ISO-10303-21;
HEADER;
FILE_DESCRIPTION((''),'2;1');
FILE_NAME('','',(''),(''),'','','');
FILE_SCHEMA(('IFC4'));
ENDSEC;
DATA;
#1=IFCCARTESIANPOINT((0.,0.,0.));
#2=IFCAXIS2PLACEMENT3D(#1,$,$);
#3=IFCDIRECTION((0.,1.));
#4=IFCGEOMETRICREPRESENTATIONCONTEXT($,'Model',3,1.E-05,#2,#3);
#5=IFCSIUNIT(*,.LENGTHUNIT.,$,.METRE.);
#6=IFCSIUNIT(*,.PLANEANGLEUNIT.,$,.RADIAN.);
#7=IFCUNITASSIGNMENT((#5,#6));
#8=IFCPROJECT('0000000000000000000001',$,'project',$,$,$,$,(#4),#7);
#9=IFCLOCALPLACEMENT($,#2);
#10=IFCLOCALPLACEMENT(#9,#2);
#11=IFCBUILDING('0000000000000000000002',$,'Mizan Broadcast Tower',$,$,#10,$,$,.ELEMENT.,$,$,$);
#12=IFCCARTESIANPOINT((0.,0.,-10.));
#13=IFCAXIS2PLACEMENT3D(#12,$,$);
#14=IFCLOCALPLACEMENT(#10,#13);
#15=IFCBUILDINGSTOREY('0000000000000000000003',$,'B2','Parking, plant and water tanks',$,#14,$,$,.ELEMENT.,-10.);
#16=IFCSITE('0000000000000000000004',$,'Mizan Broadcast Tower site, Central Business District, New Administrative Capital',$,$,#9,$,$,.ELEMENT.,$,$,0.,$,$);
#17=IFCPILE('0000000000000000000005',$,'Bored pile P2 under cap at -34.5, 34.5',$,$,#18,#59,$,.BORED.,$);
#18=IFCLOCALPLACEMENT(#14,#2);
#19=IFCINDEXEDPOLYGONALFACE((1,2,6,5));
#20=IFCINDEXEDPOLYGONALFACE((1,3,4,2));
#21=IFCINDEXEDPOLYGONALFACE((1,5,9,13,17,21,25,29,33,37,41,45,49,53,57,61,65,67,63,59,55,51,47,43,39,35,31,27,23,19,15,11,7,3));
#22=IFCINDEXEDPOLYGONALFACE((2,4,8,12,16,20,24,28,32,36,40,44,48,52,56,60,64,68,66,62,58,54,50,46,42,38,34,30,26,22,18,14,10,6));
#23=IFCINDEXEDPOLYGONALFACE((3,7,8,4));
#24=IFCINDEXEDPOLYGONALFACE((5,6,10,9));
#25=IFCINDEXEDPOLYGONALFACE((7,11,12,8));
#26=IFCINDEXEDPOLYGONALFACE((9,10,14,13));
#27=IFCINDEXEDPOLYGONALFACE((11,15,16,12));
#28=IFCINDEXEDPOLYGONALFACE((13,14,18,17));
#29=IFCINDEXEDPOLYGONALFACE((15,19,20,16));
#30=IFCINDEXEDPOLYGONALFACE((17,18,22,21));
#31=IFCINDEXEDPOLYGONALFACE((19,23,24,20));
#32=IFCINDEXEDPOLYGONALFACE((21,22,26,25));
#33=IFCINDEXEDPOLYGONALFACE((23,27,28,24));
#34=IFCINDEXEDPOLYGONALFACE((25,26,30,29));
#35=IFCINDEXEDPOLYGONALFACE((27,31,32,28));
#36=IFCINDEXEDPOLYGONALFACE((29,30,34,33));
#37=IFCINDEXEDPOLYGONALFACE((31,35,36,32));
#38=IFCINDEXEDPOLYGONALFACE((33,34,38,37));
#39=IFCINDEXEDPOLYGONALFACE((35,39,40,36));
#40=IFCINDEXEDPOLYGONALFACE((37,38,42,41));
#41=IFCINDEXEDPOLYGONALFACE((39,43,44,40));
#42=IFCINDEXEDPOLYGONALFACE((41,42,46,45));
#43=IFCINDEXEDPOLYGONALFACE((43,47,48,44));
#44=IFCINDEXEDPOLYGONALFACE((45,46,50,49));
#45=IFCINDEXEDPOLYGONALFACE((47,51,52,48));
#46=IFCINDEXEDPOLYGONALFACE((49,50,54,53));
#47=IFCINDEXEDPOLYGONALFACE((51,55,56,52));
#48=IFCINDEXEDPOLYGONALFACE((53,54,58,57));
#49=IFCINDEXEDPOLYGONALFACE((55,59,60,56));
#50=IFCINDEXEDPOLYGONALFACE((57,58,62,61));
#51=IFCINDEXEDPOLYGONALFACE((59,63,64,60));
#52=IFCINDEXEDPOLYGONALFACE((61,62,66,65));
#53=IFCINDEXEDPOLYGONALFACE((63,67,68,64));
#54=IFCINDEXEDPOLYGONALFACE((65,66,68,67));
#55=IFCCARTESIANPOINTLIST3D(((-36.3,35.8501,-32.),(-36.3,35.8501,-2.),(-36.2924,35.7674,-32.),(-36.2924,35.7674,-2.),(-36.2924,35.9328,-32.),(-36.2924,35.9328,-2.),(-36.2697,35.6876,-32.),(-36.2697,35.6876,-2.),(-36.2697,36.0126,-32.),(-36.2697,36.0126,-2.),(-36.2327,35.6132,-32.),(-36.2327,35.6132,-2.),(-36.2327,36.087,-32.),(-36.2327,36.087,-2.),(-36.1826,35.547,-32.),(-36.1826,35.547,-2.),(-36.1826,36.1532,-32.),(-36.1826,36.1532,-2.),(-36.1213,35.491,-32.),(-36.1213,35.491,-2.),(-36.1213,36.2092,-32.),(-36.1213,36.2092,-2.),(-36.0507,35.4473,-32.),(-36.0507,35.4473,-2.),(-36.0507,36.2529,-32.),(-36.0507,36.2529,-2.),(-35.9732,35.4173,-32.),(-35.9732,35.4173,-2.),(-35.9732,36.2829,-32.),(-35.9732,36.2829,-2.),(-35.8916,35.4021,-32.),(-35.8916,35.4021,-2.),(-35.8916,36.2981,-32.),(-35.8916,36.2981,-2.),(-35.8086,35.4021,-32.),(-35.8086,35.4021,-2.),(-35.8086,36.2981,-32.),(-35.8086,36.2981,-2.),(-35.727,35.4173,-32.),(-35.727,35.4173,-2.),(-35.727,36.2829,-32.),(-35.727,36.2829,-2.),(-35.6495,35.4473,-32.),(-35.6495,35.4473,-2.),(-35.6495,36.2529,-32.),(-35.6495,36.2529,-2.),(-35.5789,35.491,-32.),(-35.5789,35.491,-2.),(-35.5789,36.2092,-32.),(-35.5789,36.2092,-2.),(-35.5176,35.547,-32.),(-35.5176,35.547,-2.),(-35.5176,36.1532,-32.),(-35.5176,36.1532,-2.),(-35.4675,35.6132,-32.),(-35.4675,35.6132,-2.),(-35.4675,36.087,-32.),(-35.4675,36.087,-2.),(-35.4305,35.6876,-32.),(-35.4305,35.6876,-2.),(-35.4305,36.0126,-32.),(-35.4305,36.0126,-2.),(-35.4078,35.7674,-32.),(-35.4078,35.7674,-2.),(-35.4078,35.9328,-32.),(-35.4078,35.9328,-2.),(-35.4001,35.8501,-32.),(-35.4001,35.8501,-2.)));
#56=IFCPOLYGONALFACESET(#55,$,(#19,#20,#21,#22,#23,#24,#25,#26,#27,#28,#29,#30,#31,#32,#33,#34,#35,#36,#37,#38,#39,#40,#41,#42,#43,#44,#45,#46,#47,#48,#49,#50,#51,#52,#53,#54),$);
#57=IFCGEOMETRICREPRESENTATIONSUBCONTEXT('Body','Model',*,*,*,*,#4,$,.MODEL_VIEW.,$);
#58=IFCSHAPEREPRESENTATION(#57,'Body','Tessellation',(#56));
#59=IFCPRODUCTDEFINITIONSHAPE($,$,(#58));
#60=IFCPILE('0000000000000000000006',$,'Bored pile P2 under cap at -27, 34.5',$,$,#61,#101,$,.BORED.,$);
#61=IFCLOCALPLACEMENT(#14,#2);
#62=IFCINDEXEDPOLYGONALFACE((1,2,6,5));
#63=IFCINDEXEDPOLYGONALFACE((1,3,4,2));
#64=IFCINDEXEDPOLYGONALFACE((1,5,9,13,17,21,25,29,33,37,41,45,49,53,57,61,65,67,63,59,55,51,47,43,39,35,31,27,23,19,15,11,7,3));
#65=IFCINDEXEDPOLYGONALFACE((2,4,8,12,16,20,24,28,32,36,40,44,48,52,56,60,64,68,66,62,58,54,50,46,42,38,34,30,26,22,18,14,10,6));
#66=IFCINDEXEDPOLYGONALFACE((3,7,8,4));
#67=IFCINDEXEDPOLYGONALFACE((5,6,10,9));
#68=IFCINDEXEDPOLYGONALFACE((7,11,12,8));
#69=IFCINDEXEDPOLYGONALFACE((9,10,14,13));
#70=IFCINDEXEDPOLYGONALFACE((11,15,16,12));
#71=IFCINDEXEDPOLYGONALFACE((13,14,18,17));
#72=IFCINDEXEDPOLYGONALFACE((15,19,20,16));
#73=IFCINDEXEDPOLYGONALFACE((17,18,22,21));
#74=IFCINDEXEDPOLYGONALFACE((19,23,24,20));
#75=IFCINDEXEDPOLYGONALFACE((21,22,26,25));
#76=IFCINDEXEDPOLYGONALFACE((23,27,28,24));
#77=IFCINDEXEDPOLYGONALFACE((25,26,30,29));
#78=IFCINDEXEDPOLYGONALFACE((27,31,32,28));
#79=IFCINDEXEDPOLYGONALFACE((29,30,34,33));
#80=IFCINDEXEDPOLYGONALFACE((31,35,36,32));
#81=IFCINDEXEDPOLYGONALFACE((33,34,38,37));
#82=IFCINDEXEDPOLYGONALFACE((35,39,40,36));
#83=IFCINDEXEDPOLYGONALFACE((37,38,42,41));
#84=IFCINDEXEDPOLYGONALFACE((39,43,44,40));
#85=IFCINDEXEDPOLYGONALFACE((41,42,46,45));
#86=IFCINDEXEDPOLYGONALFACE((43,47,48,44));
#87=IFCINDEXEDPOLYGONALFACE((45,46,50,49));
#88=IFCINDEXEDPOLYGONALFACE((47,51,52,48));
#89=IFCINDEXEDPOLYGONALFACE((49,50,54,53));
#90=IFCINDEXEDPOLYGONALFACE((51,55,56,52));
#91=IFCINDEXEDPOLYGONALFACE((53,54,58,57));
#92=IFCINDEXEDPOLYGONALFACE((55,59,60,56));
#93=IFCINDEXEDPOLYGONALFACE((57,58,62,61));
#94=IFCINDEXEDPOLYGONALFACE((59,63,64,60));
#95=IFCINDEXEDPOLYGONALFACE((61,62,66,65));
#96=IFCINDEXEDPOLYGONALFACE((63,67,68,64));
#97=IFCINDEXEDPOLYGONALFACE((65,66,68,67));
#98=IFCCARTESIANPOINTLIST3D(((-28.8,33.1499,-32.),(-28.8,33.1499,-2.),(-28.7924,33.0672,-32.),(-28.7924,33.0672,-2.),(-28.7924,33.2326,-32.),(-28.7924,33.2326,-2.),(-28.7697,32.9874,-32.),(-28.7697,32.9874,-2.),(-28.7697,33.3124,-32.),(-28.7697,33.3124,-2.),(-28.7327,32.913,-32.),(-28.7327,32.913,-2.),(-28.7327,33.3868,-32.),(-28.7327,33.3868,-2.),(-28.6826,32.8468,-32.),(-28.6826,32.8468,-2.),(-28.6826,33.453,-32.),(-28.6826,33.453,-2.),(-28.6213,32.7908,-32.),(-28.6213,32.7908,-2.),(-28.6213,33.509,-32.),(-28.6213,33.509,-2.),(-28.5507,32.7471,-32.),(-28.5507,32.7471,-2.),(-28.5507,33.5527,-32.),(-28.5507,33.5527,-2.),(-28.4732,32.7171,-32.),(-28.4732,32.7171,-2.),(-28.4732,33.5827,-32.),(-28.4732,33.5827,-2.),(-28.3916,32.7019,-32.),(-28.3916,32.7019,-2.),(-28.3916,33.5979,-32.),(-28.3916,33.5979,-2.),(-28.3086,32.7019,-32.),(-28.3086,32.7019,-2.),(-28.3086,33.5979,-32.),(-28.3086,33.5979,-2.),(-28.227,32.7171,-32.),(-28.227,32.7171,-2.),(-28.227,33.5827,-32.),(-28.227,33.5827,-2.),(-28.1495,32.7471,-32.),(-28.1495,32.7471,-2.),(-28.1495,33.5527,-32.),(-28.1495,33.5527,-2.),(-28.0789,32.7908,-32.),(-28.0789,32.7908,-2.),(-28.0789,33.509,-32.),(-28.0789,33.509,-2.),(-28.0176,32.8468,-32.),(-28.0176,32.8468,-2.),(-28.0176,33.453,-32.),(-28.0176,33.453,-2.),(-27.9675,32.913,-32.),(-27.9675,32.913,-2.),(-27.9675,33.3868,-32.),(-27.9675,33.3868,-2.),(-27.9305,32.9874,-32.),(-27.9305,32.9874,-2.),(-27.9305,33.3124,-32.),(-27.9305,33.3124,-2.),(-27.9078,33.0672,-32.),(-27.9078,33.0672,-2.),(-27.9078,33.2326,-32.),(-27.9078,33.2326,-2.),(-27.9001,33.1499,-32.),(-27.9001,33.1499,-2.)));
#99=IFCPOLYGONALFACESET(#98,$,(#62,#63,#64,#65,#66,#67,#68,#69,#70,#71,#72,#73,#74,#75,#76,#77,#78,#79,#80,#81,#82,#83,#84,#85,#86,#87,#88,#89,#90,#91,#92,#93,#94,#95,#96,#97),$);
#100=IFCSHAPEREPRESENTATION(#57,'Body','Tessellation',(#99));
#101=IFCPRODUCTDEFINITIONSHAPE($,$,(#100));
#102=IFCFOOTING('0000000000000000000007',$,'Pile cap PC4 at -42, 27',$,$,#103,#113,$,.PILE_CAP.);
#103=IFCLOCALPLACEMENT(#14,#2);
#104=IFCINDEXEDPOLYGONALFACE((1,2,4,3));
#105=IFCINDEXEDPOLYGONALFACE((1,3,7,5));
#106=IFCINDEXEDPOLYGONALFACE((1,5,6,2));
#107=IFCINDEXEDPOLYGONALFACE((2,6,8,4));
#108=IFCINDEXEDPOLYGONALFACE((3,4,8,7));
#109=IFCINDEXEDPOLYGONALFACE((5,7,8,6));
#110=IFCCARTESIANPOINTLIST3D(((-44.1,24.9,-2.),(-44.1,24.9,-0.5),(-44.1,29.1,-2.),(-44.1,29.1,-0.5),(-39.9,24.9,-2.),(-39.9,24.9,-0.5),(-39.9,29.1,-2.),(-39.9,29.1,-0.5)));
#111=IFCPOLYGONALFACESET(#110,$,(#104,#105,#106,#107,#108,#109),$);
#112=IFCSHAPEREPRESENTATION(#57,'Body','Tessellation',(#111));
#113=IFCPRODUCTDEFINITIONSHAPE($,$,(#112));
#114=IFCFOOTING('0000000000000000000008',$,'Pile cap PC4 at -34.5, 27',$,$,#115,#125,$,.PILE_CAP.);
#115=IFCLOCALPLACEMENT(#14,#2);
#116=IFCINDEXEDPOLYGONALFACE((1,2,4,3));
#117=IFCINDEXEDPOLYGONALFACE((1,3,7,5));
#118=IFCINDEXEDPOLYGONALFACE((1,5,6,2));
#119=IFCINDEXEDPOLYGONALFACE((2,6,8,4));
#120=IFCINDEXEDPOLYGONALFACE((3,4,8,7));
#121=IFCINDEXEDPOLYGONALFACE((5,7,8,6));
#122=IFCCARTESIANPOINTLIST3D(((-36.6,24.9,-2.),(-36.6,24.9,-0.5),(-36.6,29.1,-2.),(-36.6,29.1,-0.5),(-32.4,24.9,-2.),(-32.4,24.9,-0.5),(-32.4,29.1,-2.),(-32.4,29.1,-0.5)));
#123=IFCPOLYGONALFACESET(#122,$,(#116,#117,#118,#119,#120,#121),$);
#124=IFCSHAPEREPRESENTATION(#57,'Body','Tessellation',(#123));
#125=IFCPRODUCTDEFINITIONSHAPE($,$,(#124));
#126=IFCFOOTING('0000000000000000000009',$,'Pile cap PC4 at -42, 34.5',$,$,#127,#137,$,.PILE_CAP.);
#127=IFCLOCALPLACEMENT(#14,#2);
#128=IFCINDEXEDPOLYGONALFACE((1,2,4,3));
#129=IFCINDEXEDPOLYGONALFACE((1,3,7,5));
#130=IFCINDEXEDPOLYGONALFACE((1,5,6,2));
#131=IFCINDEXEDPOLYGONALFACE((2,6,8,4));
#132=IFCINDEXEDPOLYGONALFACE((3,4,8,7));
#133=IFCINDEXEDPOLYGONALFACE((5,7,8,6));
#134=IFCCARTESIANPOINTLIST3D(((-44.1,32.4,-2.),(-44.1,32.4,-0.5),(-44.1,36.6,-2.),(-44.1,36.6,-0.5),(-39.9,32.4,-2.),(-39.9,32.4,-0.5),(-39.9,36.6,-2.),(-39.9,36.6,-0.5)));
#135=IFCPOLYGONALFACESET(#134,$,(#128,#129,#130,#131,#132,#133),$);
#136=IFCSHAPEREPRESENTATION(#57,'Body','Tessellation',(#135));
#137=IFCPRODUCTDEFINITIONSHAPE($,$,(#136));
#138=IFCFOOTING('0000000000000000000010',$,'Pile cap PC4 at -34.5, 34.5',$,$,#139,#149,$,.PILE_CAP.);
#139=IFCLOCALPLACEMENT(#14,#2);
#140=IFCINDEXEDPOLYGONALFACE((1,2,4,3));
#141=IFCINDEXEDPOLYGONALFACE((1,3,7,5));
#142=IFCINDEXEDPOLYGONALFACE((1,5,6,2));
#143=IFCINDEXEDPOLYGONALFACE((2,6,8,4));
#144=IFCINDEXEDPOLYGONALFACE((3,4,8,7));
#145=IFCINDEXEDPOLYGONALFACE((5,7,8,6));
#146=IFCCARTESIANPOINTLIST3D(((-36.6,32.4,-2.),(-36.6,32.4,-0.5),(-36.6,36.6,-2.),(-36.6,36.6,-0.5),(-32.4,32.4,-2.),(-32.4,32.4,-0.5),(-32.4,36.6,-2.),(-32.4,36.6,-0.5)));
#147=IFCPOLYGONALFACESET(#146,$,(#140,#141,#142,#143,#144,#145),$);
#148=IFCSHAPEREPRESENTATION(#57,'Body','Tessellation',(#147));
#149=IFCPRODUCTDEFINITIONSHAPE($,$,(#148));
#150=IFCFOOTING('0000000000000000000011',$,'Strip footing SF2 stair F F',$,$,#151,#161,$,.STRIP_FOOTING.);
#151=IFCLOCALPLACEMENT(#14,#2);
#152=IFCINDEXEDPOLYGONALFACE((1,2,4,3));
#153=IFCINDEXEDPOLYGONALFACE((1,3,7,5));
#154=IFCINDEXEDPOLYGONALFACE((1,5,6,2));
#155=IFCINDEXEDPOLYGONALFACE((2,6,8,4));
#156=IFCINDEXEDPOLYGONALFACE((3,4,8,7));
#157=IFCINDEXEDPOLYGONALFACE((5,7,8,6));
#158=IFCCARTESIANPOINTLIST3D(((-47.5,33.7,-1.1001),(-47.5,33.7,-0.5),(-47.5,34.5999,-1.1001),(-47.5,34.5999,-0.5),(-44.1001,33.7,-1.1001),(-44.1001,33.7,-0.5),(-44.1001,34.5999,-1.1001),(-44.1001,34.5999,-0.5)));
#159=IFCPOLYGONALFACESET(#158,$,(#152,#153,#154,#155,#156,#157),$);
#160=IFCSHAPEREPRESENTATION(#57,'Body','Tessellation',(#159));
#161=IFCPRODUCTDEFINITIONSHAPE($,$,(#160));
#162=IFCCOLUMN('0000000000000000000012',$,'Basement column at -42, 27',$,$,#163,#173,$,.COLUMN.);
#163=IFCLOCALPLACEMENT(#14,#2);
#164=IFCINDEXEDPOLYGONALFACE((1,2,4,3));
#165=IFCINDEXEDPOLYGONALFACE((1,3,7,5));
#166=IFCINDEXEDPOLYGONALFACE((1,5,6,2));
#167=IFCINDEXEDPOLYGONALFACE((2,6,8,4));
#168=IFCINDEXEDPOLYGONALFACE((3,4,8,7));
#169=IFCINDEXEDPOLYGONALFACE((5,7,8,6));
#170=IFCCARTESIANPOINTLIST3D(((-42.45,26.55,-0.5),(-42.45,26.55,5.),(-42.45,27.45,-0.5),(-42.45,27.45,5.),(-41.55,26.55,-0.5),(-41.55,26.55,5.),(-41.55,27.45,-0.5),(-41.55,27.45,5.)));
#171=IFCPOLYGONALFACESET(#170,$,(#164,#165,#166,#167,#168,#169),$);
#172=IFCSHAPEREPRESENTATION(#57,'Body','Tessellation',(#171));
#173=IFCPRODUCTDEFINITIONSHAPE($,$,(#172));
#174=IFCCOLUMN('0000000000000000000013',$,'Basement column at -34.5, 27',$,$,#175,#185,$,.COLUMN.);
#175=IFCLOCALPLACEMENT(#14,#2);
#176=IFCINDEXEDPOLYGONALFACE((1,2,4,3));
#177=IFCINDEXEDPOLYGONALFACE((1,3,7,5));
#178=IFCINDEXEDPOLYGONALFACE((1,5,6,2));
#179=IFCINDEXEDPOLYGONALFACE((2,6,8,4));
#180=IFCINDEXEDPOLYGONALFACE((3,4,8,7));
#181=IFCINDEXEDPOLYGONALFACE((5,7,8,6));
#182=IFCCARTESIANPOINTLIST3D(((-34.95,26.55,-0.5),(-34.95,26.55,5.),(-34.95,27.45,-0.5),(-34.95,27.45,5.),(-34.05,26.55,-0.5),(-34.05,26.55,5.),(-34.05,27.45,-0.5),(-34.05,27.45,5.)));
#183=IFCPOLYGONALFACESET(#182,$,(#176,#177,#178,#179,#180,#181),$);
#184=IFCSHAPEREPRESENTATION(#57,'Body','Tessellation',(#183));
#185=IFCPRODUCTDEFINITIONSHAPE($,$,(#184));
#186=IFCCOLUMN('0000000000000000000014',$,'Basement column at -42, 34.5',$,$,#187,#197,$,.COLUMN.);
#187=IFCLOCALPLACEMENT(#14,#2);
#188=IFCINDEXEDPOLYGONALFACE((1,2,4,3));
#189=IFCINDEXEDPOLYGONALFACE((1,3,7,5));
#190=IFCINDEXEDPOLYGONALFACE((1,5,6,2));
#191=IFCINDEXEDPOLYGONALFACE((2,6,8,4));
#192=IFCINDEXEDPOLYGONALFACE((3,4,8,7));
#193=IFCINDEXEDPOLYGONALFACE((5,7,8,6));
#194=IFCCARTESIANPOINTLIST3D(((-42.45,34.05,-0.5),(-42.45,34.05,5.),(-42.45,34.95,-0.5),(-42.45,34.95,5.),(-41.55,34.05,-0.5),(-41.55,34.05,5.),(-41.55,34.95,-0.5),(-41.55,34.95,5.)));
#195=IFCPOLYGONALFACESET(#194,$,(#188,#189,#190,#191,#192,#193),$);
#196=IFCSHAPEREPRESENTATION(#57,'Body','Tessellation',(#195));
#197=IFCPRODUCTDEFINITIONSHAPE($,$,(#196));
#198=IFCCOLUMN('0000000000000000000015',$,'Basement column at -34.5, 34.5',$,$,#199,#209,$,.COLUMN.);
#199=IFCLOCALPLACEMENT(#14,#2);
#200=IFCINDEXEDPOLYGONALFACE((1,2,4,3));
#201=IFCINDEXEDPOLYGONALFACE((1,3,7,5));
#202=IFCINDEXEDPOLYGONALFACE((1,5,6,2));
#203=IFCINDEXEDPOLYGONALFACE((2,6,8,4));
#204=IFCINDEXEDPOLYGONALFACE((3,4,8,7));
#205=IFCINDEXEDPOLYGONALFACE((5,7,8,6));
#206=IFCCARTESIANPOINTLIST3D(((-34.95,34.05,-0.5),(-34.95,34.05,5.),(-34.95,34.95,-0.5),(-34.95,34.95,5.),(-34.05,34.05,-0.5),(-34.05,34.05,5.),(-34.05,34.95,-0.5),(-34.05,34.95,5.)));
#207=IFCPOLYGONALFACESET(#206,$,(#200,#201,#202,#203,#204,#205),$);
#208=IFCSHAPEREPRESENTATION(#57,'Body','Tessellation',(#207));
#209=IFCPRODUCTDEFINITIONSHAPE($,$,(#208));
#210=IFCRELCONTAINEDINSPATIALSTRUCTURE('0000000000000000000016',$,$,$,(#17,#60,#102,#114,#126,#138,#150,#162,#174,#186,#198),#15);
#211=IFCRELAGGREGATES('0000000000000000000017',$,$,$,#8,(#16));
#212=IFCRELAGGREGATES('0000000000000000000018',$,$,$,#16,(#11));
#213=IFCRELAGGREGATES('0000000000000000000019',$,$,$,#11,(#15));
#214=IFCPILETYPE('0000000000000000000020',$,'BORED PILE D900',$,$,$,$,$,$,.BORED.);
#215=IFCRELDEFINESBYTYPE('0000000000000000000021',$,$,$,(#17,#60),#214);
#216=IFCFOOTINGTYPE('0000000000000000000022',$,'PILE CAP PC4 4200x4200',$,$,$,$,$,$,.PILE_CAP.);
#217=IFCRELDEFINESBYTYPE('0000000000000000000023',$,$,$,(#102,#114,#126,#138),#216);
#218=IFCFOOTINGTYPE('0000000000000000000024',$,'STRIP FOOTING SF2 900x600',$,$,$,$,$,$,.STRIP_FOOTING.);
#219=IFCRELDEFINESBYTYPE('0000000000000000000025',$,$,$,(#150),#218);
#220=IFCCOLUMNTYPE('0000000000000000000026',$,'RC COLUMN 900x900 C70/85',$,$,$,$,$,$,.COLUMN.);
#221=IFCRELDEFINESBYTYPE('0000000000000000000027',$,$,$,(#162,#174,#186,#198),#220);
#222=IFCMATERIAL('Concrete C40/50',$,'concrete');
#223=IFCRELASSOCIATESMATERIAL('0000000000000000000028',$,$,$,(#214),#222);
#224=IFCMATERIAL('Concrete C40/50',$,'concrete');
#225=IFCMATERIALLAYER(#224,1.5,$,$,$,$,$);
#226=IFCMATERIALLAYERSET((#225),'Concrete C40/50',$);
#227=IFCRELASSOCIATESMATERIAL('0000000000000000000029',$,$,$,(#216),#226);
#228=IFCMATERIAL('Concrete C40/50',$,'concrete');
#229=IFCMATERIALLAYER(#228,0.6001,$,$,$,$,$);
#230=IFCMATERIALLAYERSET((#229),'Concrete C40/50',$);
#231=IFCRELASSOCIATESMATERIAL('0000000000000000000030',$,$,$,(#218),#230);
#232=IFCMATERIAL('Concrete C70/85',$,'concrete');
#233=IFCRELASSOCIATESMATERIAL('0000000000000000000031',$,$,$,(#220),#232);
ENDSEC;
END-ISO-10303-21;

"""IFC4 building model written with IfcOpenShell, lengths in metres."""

from ifc_helpers import new_model, si_unit, direction, frame, origin, origin_2d, place, context, subcontext, project, spatial, rectangle, circle, extrude, material, layer, layer_set, material_profile, profile_set, type_object, element, save


model = new_model("IFC4")

# Units and contexts
model_context = context("Model", 3, precision=1e-05, world=origin(), true_north=direction((0.0, 1.0)))
body_context = subcontext(model_context, "Body", "Model", "MODEL_VIEW")
ifc_project = project(units=[si_unit("LENGTHUNIT", "METRE"), si_unit("PLANEANGLEUNIT", "RADIAN")], contexts=[model_context])

# Site, building, storey
site_placement = place(None, origin())
site = spatial("IfcSite", under=ifc_project, at=site_placement, Name="Mizan Broadcast Tower site, Central Business District, New Administrative Capital", CompositionType="ELEMENT", RefElevation=0.0)
building_placement = place(site_placement, origin())
building = spatial("IfcBuilding", under=site, at=building_placement, Name="Mizan Broadcast Tower", CompositionType="ELEMENT")
storey_placement = place(building_placement, frame((0.0, 0.0, -10.0)))
storey = spatial("IfcBuildingStorey", under=building, at=storey_placement, Name="B2", Description="Parking, plant and water tanks", CompositionType="ELEMENT", Elevation=-10.0)

# Piles
ifc_material_1 = material(Name="Concrete C40/50", Category="concrete")
ifc_material_profile_1 = material_profile(ifc_material_1, circle(Radius=0.45, at=origin_2d()), Name="D900")
ifc_profile_set_1 = profile_set([ifc_material_profile_1], Name="Concrete C40/50")
pile_type = type_object("IfcPileType", Name="BORED PILE D900", PredefinedType="BORED", material=ifc_profile_set_1)
for number, where, z_axis, x_axis, name in (
    (1, (-35.8501, 35.8501, -2.0), (0.0, 0.0, -1.0), (1.0, 0.0, 0.0), "Bored pile P2 under cap at -34.5, 34.5"),
    (2, (-28.3501, 33.1499, -2.0), (0.0, 0.0, -1.0), (1.0, 0.0, 0.0), "Bored pile P2 under cap at -27, 34.5"),
):
    element("IfcPile", number, at=place(storey_placement, frame(where, z_axis=z_axis, x_axis=x_axis)), inside=storey, type_object=pile_type, Name=name, PredefinedType="BORED", context=body_context, shape_type="SweptSolid", body=[
        extrude(circle(Radius=0.45, at=origin_2d()), origin(), (0.0, 0.0, 1.0), 30.0),
    ])

# Footings
ifc_material_2 = material(Name="Concrete C40/50", Category="concrete")
ifc_layer_1 = layer(ifc_material_2, 1.5)
ifc_layer_set_1 = layer_set([ifc_layer_1], Name="Concrete C40/50")
footing_type_1 = type_object("IfcFootingType", Name="PILE CAP PC4 4200x4200", PredefinedType="PILE_CAP", material=ifc_layer_set_1)
for number, where, z_axis, x_axis, name in (
    (3, (-42.0, 27.0, -2.0), (0.0, 0.0, 1.0), (1.0, 0.0, 0.0), "Pile cap PC4 at -42, 27"),
    (4, (-34.5, 27.0, -2.0), (0.0, 0.0, 1.0), (1.0, 0.0, 0.0), "Pile cap PC4 at -34.5, 27"),
    (5, (-42.0, 34.5, -2.0), (0.0, 0.0, 1.0), (1.0, 0.0, 0.0), "Pile cap PC4 at -42, 34.5"),
    (6, (-34.5, 34.5, -2.0), (0.0, 0.0, 1.0), (1.0, 0.0, 0.0), "Pile cap PC4 at -34.5, 34.5"),
):
    element("IfcFooting", number, at=place(storey_placement, frame(where, z_axis=z_axis, x_axis=x_axis)), inside=storey, type_object=footing_type_1, Name=name, PredefinedType="PILE_CAP", context=body_context, shape_type="SweptSolid", body=[
        extrude(rectangle(XDim=4.2, YDim=4.2, at=origin_2d()), origin(), (0.0, 0.0, 1.0), 1.5),
    ])
ifc_material_3 = material(Name="Concrete C40/50", Category="concrete")
ifc_layer_2 = layer(ifc_material_3, 0.6001)
ifc_layer_set_2 = layer_set([ifc_layer_2], Name="Concrete C40/50")
footing_type_2 = type_object("IfcFootingType", Name="STRIP FOOTING SF2 900x600", PredefinedType="STRIP_FOOTING", material=ifc_layer_set_2)
footing_placement = place(storey_placement, frame((-45.8, 34.1499, -1.1001), z_axis=(0.0, 0.0, 1.0), x_axis=(1.0, 0.0, 0.0)))
element("IfcFooting", 7, at=footing_placement, inside=storey, type_object=footing_type_2, Name="Strip footing SF2 stair F F", PredefinedType="STRIP_FOOTING", context=body_context, shape_type="SweptSolid", body=[
    extrude(rectangle(XDim=3.3999, YDim=0.8999, at=origin_2d()), origin(), (0.0, 0.0, 1.0), 0.6001),
])

# Columns
ifc_material_4 = material(Name="Concrete C70/85", Category="concrete")
ifc_material_profile_2 = material_profile(ifc_material_4, rectangle(XDim=0.8999, YDim=0.8999, at=origin_2d()), Name="RC 900x900")
ifc_profile_set_2 = profile_set([ifc_material_profile_2], Name="Concrete C70/85")
column_type = type_object("IfcColumnType", Name="RC COLUMN 900x900 C70/85", PredefinedType="COLUMN", material=ifc_profile_set_2)
for number, where, z_axis, x_axis, name in (
    (8, (-42.0, 27.0, -0.5), (0.0, 0.0, 1.0), (1.0, 0.0, 0.0), "Basement column at -42, 27"),
    (9, (-34.5, 27.0, -0.5), (0.0, 0.0, 1.0), (1.0, 0.0, 0.0), "Basement column at -34.5, 27"),
    (10, (-42.0, 34.5, -0.5), (0.0, 0.0, 1.0), (1.0, 0.0, 0.0), "Basement column at -42, 34.5"),
    (11, (-34.5, 34.5, -0.5), (0.0, 0.0, 1.0), (1.0, 0.0, 0.0), "Basement column at -34.5, 34.5"),
):
    element("IfcColumn", number, at=place(storey_placement, frame(where, z_axis=z_axis, x_axis=x_axis)), inside=storey, type_object=column_type, Name=name, PredefinedType="COLUMN", context=body_context, shape_type="SweptSolid", body=[
        extrude(rectangle(XDim=0.8999, YDim=0.8999, at=origin_2d()), origin(), (0.0, 0.0, 1.0), 5.5),
    ])

save(model, "model.ifc")
